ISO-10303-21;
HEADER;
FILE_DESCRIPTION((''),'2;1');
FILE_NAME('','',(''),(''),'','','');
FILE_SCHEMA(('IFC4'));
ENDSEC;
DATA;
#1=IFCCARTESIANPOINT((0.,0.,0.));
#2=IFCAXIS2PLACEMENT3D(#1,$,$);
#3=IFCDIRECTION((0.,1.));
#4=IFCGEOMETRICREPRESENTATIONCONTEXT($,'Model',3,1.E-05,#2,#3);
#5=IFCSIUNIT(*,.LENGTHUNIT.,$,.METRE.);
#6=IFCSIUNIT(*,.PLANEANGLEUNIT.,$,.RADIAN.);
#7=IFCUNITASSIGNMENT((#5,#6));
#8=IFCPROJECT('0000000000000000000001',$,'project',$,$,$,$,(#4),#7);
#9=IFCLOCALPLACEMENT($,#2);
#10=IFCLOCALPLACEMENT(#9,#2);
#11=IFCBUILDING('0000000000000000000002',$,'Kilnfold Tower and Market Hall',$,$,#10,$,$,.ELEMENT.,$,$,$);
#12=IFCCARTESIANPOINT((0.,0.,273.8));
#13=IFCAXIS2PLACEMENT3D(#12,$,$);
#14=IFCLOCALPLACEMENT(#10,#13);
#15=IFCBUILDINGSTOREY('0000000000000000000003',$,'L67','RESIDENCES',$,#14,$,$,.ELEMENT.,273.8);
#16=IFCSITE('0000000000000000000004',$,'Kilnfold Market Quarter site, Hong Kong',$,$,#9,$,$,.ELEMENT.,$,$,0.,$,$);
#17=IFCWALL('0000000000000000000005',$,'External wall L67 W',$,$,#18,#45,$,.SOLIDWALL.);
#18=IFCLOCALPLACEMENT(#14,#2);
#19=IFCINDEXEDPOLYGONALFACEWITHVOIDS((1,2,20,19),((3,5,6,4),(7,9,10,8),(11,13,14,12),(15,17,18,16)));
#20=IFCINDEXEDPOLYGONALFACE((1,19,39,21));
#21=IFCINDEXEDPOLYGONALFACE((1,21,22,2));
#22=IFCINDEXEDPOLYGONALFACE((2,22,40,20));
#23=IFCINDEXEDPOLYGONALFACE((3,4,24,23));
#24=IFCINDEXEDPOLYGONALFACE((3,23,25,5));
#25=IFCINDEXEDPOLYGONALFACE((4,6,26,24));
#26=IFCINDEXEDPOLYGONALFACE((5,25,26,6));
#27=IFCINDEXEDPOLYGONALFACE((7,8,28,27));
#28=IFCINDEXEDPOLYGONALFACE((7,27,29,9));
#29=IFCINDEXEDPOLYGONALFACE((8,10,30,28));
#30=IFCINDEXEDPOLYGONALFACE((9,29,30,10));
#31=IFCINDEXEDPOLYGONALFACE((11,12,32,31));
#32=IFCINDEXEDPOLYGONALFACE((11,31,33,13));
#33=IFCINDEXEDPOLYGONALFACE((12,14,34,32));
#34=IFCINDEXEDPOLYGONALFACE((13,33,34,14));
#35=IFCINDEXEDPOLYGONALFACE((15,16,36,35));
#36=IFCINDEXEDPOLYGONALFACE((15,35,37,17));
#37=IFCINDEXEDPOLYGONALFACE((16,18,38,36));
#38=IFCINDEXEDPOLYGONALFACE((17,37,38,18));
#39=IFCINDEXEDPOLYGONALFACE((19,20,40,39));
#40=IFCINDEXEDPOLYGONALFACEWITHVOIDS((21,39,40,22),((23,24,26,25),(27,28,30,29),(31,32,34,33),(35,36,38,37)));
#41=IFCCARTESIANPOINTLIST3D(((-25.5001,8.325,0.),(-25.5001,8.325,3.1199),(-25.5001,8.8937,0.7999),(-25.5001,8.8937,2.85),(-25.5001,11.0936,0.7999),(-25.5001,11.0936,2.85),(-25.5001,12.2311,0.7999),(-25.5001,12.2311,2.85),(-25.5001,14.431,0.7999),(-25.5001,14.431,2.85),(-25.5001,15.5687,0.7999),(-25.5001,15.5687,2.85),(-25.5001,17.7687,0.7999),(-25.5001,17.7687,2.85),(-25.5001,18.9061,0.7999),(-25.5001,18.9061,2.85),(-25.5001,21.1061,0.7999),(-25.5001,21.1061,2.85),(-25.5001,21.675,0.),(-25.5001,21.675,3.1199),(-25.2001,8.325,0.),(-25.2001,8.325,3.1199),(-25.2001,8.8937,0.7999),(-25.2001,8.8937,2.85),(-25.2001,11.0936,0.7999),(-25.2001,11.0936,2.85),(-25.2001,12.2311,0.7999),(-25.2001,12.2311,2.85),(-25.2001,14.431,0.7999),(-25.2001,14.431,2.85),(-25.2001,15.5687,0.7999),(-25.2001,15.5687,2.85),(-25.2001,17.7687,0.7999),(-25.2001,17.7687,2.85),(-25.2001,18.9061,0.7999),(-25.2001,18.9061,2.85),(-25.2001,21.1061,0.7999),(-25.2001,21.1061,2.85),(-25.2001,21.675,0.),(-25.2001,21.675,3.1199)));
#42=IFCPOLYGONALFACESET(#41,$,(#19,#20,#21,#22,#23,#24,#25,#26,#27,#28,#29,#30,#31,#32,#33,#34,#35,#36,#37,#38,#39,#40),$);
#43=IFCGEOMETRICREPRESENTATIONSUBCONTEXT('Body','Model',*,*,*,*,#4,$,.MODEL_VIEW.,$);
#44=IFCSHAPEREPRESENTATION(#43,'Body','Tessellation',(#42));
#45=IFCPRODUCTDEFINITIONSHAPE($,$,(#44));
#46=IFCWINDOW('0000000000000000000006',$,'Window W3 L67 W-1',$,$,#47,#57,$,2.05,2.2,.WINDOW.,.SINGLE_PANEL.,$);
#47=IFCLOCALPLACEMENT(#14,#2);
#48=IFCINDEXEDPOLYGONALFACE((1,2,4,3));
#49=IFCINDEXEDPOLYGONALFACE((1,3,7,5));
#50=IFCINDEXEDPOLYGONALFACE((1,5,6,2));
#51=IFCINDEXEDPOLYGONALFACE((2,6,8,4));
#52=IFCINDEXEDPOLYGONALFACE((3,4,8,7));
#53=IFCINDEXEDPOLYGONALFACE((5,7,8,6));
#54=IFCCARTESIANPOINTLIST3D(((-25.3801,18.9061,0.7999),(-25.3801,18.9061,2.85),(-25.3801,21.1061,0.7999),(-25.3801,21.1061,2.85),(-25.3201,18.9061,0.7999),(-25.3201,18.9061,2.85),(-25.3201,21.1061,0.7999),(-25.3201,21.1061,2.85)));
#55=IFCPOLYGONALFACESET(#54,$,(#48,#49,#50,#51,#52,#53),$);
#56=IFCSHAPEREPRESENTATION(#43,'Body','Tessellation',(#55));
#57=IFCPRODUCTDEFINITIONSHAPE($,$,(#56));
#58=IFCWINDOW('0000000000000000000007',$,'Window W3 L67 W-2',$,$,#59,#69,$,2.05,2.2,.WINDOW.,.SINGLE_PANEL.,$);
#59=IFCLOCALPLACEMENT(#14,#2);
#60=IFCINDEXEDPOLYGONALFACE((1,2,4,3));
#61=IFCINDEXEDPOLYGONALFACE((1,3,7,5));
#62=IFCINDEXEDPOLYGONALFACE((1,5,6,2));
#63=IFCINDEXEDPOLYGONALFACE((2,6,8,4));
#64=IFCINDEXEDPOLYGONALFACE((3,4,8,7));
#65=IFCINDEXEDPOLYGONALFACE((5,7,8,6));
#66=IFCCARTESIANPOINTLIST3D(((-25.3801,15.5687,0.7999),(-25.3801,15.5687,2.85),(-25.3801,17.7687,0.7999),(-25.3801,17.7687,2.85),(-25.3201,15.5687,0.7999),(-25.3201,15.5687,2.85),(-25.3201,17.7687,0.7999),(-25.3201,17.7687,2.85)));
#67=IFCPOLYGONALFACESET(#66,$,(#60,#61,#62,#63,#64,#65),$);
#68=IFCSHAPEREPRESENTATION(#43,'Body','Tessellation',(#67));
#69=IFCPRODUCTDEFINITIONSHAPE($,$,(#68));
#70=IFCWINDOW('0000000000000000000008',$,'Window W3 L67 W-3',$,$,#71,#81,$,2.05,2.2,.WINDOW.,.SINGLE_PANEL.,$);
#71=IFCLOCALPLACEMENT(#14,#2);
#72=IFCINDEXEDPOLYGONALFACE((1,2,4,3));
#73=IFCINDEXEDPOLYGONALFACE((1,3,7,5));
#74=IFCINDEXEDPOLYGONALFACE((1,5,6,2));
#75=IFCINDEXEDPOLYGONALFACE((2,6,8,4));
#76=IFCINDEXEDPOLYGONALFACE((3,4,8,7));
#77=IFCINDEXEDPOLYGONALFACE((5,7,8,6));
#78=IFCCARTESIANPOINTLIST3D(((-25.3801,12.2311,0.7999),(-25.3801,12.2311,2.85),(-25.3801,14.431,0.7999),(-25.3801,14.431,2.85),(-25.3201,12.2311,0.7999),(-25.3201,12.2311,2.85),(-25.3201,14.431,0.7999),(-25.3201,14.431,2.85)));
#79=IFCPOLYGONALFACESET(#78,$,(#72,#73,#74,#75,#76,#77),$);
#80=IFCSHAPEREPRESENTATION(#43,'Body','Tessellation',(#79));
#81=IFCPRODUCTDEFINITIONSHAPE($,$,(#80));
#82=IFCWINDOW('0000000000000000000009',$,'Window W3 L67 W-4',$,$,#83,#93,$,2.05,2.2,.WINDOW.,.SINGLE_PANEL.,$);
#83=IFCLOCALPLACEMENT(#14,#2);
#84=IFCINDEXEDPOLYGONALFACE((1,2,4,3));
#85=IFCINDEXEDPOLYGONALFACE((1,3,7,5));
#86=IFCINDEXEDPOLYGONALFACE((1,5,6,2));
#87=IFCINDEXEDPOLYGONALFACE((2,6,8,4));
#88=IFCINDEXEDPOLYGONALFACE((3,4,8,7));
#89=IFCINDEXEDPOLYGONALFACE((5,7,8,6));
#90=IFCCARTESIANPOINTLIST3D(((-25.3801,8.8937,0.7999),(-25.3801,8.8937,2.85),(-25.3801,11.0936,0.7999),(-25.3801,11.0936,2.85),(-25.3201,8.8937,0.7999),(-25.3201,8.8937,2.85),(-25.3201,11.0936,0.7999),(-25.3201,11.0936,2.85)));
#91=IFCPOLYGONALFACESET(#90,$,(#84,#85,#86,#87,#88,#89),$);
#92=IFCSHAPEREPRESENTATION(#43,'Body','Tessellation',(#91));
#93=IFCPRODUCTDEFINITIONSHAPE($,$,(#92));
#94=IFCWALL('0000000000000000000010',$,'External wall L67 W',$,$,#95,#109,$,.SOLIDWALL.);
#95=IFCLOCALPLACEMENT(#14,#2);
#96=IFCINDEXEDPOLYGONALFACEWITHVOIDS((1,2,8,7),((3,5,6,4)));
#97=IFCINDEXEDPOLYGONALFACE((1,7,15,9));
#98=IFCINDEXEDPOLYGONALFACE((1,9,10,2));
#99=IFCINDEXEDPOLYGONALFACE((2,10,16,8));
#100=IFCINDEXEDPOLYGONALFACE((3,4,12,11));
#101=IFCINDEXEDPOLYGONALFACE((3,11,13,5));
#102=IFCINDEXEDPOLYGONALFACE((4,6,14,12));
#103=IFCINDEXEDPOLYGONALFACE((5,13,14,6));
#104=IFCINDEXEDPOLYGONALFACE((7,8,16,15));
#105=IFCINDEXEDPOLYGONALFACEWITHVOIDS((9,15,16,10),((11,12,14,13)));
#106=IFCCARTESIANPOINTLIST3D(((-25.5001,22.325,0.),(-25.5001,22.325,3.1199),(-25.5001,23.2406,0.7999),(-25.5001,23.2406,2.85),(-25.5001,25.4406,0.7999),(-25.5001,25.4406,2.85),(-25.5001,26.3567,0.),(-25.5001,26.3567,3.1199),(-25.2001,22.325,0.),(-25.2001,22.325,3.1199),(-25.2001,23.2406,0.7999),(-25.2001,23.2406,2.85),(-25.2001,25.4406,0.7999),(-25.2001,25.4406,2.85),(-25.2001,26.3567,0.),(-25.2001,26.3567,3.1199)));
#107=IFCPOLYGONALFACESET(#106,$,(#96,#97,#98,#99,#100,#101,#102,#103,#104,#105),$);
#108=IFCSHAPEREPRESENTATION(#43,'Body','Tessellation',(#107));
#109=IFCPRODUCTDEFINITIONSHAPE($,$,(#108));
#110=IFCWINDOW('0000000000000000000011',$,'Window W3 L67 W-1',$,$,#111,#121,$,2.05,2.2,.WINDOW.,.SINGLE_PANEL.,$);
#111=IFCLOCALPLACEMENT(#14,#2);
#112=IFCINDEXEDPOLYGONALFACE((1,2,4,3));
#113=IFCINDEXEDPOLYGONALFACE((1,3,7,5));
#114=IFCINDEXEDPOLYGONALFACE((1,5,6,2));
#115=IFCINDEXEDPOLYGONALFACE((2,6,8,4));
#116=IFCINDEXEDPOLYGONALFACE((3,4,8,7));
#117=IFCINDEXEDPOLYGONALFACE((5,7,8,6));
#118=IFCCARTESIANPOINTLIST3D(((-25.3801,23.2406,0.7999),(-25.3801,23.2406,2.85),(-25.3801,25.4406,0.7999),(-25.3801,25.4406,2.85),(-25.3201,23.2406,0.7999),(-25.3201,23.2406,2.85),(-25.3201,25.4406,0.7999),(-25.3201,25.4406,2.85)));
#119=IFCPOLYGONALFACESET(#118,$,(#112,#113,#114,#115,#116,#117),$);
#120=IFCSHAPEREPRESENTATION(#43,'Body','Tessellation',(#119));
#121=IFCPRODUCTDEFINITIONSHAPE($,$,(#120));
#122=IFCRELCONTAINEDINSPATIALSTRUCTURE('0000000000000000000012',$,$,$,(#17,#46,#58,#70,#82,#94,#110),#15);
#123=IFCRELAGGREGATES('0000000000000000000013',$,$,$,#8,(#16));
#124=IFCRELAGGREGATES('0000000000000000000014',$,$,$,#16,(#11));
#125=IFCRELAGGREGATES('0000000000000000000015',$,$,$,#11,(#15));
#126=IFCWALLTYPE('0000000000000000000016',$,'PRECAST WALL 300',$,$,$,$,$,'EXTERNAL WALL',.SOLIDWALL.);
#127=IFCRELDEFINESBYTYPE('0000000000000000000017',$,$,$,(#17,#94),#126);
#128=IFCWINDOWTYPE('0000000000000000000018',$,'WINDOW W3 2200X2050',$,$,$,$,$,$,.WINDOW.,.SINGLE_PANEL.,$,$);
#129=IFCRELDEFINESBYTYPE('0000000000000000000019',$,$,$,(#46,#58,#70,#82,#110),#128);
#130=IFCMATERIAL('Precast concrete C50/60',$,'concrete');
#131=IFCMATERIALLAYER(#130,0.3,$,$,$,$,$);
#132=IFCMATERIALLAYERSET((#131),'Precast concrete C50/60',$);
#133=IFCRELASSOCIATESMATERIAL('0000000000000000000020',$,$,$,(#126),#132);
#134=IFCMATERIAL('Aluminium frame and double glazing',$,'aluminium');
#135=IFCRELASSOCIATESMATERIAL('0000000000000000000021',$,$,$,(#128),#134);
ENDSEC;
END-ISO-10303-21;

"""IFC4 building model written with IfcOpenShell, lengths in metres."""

from ifc_helpers import new_model, si_unit, direction, frame, frame_2d, origin, place, context, subcontext, project, spatial, rectangle, extrude, source, transform, mapped, material, layer, layer_set, type_object, element, fill, save


model = new_model("IFC4")

# Units and contexts
model_context = context("Model", 3, precision=1e-05, world=origin(), true_north=direction((0.0, 1.0)))
body_context = subcontext(model_context, "Body", "Model", "MODEL_VIEW")
ifc_project = project(units=[si_unit("LENGTHUNIT", "METRE"), si_unit("PLANEANGLEUNIT", "RADIAN")], contexts=[model_context])

# Site, building, storey
site_placement = place(None, origin())
site = spatial("IfcSite", under=ifc_project, at=site_placement, Name="Kilnfold Market Quarter site, Hong Kong", CompositionType="ELEMENT", RefElevation=0.0)
building_placement = place(site_placement, origin())
building = spatial("IfcBuilding", under=site, at=building_placement, Name="Kilnfold Tower and Market Hall", CompositionType="ELEMENT")
storey_placement = place(building_placement, frame((0.0, 0.0, 273.8)))
storey = spatial("IfcBuildingStorey", under=building, at=storey_placement, Name="L67", Description="RESIDENCES", CompositionType="ELEMENT", Elevation=273.8)

# Shared definitions
ifc_material_1 = material(Name="Precast concrete C50/60", Category="concrete")
ifc_layer_1 = layer(ifc_material_1, 0.3)
ifc_layer_set_1 = layer_set([ifc_layer_1], Name="Precast concrete C50/60")
wall_type_1 = type_object("IfcWallType", Name="PRECAST WALL 300", ElementType="EXTERNAL WALL", PredefinedType="SOLIDWALL", material=ifc_layer_set_1)
ifc_material_2 = material(Name="Aluminium frame and double glazing", Category="aluminium")
window_type = type_object("IfcWindowType", Name="WINDOW W3 2200X2050", PartitioningType="SINGLE_PANEL", PredefinedType="WINDOW", material=ifc_material_2)

# Wall, openings, windows
shared_shape_1 = source(origin(), body_context, "Body", "SweptSolid", [
    extrude(rectangle(XDim=13.3501, YDim=0.3, at=frame_2d((6.675, 0.0))), origin(), (0.0, 0.0, 1.0), 3.1199),
])
wall_1_placement = place(storey_placement, frame((-25.3501, 21.675, 0.0), z_axis=(0.0, 0.0, 1.0), x_axis=(0.0, -1.0, 0.0)))
wall_1 = element("IfcWall", 1, at=wall_1_placement, inside=storey, type_object=wall_type_1, Name="External wall L67 W", PredefinedType="SOLIDWALL", context=body_context, shape_type="MappedRepresentation", body=[
    mapped(shared_shape_1, transform((0.0, 0.0, 0.0))),
])
opening_1_placement = place(wall_1_placement, frame((0.5688, 0.0, 0.8)))
opening_1 = element("IfcOpeningElement", 2, at=opening_1_placement, cuts=wall_1, PredefinedType="OPENING", context=body_context, shape_type="SweptSolid", body=[
    extrude(rectangle(XDim=2.2, YDim=2.05, at=frame_2d((1.1001, 1.0249))), frame((0.0, 0.1602, 0.0), z_axis=(0.0, -1.0, 0.0), x_axis=(1.0, 0.0, 0.0)), (0.0, 0.0, 1.0), 0.3201),
])
opening_2_placement = place(wall_1_placement, frame((3.9062, 0.0, 0.8)))
opening_2 = element("IfcOpeningElement", 3, at=opening_2_placement, cuts=wall_1, PredefinedType="OPENING", context=body_context, shape_type="SweptSolid", body=[
    extrude(rectangle(XDim=2.2, YDim=2.05, at=frame_2d((1.1001, 1.0249))), frame((0.0, 0.1602, 0.0), z_axis=(0.0, -1.0, 0.0), x_axis=(1.0, 0.0, 0.0)), (0.0, 0.0, 1.0), 0.3201),
])
opening_3_placement = place(wall_1_placement, frame((7.2439, 0.0, 0.8)))
opening_3 = element("IfcOpeningElement", 4, at=opening_3_placement, cuts=wall_1, PredefinedType="OPENING", context=body_context, shape_type="SweptSolid", body=[
    extrude(rectangle(XDim=2.2, YDim=2.05, at=frame_2d((1.1001, 1.0249))), frame((0.0, 0.1602, 0.0), z_axis=(0.0, -1.0, 0.0), x_axis=(1.0, 0.0, 0.0)), (0.0, 0.0, 1.0), 0.3201),
])
opening_4_placement = place(wall_1_placement, frame((10.5813, 0.0, 0.8)))
opening_4 = element("IfcOpeningElement", 5, at=opening_4_placement, cuts=wall_1, PredefinedType="OPENING", context=body_context, shape_type="SweptSolid", body=[
    extrude(rectangle(XDim=2.2, YDim=2.05, at=frame_2d((1.1001, 1.0249))), frame((0.0, 0.1602, 0.0), z_axis=(0.0, -1.0, 0.0), x_axis=(1.0, 0.0, 0.0)), (0.0, 0.0, 1.0), 0.3201),
])
window_1_placement = place(opening_1_placement, origin())
window_1 = element("IfcWindow", 6, at=window_1_placement, inside=storey, type_object=window_type, Name="Window W3 L67 W-1", OverallHeight=2.05, OverallWidth=2.2, PartitioningType="SINGLE_PANEL", PredefinedType="WINDOW", context=body_context, shape_type="SweptSolid", body=[
    extrude(rectangle(XDim=2.2, YDim=2.05, at=frame_2d((1.1001, 1.0249))), frame((0.0, 0.03, 0.0), z_axis=(0.0, -1.0, 0.0), x_axis=(1.0, 0.0, 0.0)), (0.0, 0.0, 1.0), 0.0601),
])
fill(opening_1, window_1)
window_2_placement = place(opening_2_placement, origin())
window_2 = element("IfcWindow", 7, at=window_2_placement, inside=storey, type_object=window_type, Name="Window W3 L67 W-2", OverallHeight=2.05, OverallWidth=2.2, PartitioningType="SINGLE_PANEL", PredefinedType="WINDOW", context=body_context, shape_type="SweptSolid", body=[
    extrude(rectangle(XDim=2.2, YDim=2.05, at=frame_2d((1.1001, 1.0249))), frame((0.0, 0.03, 0.0), z_axis=(0.0, -1.0, 0.0), x_axis=(1.0, 0.0, 0.0)), (0.0, 0.0, 1.0), 0.0601),
])
fill(opening_2, window_2)
window_3_placement = place(opening_3_placement, origin())
window_3 = element("IfcWindow", 8, at=window_3_placement, inside=storey, type_object=window_type, Name="Window W3 L67 W-3", OverallHeight=2.05, OverallWidth=2.2, PartitioningType="SINGLE_PANEL", PredefinedType="WINDOW", context=body_context, shape_type="SweptSolid", body=[
    extrude(rectangle(XDim=2.2, YDim=2.05, at=frame_2d((1.1001, 1.0249))), frame((0.0, 0.03, 0.0), z_axis=(0.0, -1.0, 0.0), x_axis=(1.0, 0.0, 0.0)), (0.0, 0.0, 1.0), 0.0601),
])
fill(opening_3, window_3)
window_4_placement = place(opening_4_placement, origin())
window_4 = element("IfcWindow", 9, at=window_4_placement, inside=storey, type_object=window_type, Name="Window W3 L67 W-4", OverallHeight=2.05, OverallWidth=2.2, PartitioningType="SINGLE_PANEL", PredefinedType="WINDOW", context=body_context, shape_type="SweptSolid", body=[
    extrude(rectangle(XDim=2.2, YDim=2.05, at=frame_2d((1.1001, 1.0249))), frame((0.0, 0.03, 0.0), z_axis=(0.0, -1.0, 0.0), x_axis=(1.0, 0.0, 0.0)), (0.0, 0.0, 1.0), 0.0601),
])
fill(opening_4, window_4)

# Wall, opening, window
shared_shape_2 = source(origin(), body_context, "Body", "SweptSolid", [
    extrude(rectangle(XDim=4.0317, YDim=0.3, at=frame_2d((2.0159, 0.0))), origin(), (0.0, 0.0, 1.0), 3.1199),
])
wall_2_placement = place(storey_placement, frame((-25.3501, 26.3567, 0.0), z_axis=(0.0, 0.0, 1.0), x_axis=(0.0, -1.0, 0.0)))
wall_2 = element("IfcWall", 10, at=wall_2_placement, inside=storey, type_object=wall_type_1, Name="External wall L67 W", PredefinedType="SOLIDWALL", context=body_context, shape_type="MappedRepresentation", body=[
    mapped(shared_shape_2, transform((0.0, 0.0, 0.0))),
])
opening_5_placement = place(wall_2_placement, frame((0.916, 0.0, 0.8)))
opening_5 = element("IfcOpeningElement", 11, at=opening_5_placement, cuts=wall_2, PredefinedType="OPENING", context=body_context, shape_type="SweptSolid", body=[
    extrude(rectangle(XDim=2.2, YDim=2.05, at=frame_2d((1.1001, 1.0249))), frame((0.0, 0.1602, 0.0), z_axis=(0.0, -1.0, 0.0), x_axis=(1.0, 0.0, 0.0)), (0.0, 0.0, 1.0), 0.3201),
])
window_5_placement = place(opening_5_placement, origin())
window_5 = element("IfcWindow", 12, at=window_5_placement, inside=storey, type_object=window_type, Name="Window W3 L67 W-1", OverallHeight=2.05, OverallWidth=2.2, PartitioningType="SINGLE_PANEL", PredefinedType="WINDOW", context=body_context, shape_type="SweptSolid", body=[
    extrude(rectangle(XDim=2.2, YDim=2.05, at=frame_2d((1.1001, 1.0249))), frame((0.0, 0.03, 0.0), z_axis=(0.0, -1.0, 0.0), x_axis=(1.0, 0.0, 0.0)), (0.0, 0.0, 1.0), 0.0601),
])
fill(opening_5, window_5)

save(model, "model.ifc")
